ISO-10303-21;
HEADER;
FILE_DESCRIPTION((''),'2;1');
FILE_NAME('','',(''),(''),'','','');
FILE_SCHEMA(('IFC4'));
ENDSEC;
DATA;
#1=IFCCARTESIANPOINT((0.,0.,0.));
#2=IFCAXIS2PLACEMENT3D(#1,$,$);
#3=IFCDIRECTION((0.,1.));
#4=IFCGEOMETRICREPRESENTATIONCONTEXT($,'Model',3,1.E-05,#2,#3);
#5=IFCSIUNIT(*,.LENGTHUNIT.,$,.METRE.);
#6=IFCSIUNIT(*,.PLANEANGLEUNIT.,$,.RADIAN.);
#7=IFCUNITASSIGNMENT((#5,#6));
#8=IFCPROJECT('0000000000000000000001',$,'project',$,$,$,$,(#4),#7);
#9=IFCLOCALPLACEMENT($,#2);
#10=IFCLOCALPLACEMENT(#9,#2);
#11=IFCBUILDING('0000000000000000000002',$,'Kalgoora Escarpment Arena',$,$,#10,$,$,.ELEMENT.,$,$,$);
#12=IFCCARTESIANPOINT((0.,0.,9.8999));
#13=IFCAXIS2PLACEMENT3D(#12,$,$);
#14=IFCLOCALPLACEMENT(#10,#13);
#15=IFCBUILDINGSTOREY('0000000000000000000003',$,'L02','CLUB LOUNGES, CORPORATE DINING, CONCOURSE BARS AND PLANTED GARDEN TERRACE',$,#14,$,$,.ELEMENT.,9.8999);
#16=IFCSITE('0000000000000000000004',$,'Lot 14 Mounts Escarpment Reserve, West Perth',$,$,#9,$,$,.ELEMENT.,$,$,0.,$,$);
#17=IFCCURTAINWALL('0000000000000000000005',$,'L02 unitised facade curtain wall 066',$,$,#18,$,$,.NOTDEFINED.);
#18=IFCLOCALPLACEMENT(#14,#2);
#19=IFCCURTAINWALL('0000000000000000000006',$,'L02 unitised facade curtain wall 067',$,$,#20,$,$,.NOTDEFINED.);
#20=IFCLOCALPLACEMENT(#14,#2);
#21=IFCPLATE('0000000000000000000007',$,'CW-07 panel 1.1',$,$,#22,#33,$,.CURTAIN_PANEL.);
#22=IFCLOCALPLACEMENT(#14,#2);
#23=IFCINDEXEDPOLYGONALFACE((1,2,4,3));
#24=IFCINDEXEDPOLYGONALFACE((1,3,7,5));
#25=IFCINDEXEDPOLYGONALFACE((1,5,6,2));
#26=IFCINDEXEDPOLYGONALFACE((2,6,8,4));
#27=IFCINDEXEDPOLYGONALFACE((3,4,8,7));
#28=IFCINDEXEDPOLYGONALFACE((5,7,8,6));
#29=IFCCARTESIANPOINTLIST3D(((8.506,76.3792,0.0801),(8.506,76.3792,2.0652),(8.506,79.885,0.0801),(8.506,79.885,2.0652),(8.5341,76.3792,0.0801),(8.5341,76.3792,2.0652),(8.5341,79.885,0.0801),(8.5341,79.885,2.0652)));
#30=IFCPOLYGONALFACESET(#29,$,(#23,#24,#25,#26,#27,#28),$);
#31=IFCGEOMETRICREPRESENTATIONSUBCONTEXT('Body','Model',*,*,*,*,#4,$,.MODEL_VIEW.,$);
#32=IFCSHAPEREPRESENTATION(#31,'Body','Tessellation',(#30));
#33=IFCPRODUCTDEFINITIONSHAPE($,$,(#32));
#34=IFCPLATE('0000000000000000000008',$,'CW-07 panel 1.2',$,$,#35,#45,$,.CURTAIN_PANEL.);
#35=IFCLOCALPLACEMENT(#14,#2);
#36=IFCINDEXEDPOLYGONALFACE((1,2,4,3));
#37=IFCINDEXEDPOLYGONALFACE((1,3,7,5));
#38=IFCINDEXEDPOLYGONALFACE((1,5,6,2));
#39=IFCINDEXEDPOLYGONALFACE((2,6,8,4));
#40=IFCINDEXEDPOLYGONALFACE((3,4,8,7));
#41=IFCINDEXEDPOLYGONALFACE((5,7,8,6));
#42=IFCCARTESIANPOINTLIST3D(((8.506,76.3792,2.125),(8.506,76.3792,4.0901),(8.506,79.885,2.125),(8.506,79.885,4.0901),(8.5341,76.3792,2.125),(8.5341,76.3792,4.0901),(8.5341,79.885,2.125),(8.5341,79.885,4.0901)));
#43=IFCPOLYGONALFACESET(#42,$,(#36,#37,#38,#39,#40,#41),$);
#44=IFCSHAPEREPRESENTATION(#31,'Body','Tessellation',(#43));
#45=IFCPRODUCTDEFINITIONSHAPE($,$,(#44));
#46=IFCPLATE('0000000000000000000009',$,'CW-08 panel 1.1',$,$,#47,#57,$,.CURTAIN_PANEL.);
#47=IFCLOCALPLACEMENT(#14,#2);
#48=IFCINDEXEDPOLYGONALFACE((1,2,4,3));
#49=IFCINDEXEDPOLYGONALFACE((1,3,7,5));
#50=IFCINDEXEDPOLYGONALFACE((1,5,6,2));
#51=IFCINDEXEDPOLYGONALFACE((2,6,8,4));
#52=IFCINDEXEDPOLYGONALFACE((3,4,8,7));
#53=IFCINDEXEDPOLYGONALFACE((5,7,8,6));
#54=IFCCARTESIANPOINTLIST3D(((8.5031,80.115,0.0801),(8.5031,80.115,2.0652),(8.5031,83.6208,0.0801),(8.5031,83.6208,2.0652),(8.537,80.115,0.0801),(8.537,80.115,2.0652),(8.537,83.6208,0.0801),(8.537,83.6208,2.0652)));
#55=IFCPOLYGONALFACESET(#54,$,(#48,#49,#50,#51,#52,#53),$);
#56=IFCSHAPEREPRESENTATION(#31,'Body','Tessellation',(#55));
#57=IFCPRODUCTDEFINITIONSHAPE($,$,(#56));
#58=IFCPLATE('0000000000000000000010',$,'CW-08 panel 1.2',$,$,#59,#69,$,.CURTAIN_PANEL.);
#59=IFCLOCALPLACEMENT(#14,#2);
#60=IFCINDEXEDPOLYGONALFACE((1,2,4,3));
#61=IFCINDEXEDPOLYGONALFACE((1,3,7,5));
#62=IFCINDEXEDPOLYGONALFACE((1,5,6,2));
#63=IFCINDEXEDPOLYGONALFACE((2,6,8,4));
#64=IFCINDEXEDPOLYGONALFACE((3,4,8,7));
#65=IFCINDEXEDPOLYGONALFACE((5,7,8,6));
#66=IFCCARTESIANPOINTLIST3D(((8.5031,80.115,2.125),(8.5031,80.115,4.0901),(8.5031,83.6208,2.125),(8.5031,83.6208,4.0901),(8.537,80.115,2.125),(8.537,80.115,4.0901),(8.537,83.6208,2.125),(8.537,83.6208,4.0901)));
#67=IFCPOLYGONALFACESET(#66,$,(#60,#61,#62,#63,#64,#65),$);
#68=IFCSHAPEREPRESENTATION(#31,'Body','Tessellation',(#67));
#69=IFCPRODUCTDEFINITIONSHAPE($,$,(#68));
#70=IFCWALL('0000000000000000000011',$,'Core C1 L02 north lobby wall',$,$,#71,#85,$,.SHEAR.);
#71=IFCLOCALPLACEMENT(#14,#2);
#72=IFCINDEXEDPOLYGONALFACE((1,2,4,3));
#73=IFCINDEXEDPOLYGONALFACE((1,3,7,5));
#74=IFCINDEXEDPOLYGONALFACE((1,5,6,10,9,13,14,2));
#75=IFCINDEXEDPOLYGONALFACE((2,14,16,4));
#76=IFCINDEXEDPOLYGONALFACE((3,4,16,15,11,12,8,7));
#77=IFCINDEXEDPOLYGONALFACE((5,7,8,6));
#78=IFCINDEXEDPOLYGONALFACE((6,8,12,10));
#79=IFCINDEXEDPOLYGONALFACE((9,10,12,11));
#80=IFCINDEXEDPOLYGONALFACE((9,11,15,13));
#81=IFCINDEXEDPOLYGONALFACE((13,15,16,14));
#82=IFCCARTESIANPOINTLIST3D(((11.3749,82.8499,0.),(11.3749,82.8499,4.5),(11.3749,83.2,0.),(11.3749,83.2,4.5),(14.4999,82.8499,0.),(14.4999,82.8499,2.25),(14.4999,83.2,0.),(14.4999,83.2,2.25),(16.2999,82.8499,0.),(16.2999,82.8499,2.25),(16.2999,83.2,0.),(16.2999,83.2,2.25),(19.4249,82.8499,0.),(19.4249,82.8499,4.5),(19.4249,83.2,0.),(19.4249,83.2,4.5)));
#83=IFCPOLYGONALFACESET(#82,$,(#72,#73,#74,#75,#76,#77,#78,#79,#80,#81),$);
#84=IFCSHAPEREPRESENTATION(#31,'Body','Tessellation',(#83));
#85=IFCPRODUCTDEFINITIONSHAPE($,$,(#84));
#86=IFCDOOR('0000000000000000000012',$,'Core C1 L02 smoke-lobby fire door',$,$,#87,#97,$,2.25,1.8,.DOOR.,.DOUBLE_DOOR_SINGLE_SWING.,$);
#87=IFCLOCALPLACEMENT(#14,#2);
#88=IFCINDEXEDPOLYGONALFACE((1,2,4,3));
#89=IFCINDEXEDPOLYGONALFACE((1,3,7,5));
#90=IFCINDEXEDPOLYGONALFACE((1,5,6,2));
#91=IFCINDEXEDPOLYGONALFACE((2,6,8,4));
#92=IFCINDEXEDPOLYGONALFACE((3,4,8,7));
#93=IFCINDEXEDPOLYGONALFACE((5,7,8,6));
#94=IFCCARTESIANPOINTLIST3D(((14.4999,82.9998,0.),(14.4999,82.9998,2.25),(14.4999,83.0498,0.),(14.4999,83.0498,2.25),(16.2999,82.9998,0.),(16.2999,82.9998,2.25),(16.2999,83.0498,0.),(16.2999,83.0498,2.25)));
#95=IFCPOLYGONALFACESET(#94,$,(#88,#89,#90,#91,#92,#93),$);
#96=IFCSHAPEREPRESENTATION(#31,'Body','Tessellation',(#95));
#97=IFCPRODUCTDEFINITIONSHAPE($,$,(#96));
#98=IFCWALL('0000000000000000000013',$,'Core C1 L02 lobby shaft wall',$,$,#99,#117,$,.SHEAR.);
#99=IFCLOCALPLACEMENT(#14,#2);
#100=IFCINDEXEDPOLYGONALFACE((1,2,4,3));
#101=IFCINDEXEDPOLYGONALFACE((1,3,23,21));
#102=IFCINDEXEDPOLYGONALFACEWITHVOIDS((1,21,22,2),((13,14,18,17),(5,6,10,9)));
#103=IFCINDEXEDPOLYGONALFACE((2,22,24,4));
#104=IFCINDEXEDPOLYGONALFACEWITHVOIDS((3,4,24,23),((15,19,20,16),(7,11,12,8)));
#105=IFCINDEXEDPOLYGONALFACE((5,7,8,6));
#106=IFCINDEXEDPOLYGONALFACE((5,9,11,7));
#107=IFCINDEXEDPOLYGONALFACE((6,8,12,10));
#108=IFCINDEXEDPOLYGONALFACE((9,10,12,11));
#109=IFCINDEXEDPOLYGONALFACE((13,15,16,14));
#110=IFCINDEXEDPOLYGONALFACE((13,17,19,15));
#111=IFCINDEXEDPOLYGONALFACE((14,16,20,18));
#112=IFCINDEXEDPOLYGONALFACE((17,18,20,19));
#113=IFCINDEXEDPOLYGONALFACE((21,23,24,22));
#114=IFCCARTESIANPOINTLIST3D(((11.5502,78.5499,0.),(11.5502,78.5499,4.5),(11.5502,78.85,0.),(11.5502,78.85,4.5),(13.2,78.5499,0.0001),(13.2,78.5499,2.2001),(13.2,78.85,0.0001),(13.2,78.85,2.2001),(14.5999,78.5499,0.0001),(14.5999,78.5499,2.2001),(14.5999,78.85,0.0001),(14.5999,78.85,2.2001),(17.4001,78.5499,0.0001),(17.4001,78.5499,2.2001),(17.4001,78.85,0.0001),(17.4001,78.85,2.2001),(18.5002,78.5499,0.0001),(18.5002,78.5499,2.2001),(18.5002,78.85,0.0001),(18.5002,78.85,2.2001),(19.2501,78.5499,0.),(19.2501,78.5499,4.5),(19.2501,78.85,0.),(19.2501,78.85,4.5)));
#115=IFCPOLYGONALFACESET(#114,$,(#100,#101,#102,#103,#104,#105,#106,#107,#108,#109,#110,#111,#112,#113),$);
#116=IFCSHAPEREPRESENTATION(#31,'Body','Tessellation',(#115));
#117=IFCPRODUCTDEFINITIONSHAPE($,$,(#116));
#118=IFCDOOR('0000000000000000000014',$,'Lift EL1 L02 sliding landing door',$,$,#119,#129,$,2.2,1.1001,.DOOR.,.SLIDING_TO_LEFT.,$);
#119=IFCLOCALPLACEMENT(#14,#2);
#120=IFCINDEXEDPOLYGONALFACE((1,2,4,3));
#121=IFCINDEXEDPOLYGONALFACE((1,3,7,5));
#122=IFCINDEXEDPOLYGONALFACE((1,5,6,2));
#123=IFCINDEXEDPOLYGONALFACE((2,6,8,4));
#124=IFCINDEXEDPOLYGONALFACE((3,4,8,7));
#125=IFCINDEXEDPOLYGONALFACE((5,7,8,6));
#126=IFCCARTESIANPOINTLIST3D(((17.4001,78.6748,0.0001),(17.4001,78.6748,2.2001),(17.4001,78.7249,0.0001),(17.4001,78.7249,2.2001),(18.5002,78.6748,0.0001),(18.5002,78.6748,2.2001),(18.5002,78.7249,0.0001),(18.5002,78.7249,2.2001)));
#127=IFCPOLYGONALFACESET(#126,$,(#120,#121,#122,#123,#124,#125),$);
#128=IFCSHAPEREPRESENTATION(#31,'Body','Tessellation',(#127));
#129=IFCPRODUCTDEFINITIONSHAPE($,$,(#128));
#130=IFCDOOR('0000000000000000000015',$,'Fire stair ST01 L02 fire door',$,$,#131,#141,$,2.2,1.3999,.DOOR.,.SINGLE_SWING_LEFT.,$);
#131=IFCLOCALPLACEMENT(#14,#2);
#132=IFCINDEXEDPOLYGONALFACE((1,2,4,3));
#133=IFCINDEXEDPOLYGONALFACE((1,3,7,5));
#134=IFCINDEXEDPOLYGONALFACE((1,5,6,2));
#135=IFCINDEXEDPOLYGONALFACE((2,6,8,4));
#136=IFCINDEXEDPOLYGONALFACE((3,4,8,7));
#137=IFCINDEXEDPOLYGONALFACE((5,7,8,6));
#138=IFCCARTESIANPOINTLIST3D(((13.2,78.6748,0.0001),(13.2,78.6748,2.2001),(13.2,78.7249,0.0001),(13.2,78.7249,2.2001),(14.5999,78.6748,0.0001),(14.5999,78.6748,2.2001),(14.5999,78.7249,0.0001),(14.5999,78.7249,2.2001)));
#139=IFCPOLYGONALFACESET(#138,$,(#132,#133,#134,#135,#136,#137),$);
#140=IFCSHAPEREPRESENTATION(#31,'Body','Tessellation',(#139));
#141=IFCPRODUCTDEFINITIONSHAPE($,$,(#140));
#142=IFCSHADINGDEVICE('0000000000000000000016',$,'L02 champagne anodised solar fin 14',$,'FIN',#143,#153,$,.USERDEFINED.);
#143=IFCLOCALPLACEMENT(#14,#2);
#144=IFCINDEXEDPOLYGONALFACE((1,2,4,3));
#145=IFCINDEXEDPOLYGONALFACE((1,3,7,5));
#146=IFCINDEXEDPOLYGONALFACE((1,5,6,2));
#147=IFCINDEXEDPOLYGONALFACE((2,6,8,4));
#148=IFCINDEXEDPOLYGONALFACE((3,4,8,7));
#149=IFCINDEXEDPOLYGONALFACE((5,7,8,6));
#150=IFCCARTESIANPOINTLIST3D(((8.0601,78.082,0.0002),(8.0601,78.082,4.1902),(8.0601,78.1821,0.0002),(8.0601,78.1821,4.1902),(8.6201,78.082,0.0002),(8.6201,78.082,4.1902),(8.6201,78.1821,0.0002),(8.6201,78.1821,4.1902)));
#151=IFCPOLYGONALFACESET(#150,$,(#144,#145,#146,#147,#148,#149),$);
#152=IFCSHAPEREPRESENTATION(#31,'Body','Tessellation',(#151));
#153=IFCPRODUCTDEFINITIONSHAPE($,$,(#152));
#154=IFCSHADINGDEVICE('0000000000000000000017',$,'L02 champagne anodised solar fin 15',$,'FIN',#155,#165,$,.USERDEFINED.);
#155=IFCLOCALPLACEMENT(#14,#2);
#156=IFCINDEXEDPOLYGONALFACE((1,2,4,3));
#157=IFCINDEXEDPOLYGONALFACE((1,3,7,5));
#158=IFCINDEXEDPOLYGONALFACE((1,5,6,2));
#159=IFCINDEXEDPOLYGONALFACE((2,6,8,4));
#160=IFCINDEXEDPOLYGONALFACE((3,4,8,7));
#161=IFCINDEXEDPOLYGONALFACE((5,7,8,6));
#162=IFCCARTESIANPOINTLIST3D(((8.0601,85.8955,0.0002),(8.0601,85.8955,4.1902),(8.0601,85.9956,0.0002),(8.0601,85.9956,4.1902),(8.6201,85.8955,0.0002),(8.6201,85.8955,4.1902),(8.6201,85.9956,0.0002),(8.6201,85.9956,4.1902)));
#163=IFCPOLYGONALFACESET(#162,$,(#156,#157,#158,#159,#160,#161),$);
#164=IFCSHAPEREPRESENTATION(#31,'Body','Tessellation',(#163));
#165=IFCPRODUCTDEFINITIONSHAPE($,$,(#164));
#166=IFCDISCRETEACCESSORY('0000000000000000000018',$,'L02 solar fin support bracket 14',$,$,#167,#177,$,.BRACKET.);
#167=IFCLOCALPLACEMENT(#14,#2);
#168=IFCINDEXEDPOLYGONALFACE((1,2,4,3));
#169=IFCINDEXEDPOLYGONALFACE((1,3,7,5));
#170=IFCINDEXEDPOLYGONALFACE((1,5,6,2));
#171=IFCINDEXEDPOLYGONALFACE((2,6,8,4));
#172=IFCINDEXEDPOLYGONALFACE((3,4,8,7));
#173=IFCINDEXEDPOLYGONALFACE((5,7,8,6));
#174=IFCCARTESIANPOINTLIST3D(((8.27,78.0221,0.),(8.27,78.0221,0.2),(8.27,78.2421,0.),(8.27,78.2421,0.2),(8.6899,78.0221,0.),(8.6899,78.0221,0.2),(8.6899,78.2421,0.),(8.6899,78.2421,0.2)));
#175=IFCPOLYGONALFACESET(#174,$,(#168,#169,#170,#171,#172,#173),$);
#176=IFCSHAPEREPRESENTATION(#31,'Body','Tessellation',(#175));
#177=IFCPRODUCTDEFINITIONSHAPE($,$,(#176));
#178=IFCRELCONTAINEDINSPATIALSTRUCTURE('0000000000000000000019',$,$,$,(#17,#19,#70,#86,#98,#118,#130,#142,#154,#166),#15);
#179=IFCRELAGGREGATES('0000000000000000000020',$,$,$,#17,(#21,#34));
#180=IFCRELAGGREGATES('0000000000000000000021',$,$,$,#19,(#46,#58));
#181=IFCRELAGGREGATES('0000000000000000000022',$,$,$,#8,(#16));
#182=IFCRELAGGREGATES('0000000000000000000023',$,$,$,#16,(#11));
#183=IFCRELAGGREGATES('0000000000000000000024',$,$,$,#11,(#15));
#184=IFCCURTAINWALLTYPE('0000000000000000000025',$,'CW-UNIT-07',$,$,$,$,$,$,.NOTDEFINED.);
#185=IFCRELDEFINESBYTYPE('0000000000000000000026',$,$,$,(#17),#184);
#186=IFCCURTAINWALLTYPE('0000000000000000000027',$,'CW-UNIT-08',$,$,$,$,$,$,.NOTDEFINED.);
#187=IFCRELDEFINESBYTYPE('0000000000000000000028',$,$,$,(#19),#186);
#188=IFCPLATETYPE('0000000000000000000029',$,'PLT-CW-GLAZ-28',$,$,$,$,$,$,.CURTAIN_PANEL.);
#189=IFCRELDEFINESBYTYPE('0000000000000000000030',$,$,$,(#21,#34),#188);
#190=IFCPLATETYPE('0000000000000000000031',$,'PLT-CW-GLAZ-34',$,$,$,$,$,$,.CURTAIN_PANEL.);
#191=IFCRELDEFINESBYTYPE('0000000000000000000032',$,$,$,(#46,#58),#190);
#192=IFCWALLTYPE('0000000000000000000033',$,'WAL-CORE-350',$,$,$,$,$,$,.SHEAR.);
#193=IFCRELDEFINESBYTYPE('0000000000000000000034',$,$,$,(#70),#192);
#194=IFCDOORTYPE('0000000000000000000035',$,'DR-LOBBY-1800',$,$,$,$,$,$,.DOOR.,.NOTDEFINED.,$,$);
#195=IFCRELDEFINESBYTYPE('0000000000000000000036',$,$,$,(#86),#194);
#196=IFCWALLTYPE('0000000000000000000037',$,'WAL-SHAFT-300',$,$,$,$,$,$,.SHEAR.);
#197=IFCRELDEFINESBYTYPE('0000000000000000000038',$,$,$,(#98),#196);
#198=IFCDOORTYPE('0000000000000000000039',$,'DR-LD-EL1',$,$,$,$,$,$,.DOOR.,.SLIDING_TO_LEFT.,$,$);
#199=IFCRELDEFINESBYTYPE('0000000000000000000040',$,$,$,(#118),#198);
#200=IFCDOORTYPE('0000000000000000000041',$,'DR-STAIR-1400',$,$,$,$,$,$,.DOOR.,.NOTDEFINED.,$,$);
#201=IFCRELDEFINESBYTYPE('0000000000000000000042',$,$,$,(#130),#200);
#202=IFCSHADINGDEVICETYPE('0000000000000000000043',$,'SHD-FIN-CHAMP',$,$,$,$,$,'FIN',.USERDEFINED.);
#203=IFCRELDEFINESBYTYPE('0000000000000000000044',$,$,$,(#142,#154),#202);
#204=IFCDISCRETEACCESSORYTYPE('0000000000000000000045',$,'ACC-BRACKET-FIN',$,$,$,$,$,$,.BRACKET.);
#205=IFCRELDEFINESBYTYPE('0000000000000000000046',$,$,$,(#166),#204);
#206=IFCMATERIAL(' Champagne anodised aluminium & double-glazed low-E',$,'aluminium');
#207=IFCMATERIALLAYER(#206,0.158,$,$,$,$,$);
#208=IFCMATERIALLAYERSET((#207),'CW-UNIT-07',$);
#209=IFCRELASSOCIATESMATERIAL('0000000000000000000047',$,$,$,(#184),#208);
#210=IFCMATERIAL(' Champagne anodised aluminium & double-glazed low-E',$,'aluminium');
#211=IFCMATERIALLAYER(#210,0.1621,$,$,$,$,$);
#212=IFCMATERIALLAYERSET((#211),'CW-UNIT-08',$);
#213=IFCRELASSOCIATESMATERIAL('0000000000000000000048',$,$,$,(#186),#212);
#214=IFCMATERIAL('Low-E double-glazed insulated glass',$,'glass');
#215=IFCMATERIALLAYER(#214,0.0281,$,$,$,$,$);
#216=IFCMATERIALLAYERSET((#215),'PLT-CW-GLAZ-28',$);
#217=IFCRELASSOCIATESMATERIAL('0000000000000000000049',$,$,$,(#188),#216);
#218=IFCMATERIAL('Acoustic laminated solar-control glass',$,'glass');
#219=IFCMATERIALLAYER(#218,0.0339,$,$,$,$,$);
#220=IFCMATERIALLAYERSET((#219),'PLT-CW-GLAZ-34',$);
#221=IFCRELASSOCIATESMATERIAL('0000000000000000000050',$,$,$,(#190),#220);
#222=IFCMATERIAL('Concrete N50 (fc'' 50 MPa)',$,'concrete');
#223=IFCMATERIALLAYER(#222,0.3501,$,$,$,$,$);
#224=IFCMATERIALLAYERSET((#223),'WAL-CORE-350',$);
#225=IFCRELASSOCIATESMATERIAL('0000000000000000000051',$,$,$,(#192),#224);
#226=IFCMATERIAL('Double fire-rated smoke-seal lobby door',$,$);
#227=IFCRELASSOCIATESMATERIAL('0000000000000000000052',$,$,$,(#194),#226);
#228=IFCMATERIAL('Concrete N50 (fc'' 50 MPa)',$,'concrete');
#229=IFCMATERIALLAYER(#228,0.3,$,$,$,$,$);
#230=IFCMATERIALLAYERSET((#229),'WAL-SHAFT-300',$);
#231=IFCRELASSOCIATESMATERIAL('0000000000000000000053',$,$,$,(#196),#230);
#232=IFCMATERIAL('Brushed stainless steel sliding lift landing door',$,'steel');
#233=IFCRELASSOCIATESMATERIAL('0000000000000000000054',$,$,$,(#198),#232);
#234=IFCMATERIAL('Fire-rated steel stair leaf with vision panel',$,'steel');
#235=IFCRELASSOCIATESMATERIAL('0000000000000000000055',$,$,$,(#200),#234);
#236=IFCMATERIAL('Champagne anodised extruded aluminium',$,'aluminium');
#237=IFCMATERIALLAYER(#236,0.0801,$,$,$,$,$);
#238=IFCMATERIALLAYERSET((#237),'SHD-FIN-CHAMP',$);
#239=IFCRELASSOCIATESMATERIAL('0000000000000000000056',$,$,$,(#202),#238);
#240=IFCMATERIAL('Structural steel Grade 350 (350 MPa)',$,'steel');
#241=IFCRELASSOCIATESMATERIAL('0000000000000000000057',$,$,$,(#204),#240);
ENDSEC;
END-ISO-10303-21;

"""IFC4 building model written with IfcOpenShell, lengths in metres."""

from ifc_helpers import new_model, si_unit, direction, frame, frame_2d, origin, origin_2d, place, context, subcontext, project, spatial, rectangle, extrude, material, layer, layer_set, type_object, element, fill, aggregate, save


model = new_model("IFC4")

# Units and contexts
model_context = context("Model", 3, precision=1e-05, world=origin(), true_north=direction((0.0, 1.0)))
body_context = subcontext(model_context, "Body", "Model", "MODEL_VIEW")
ifc_project = project(units=[si_unit("LENGTHUNIT", "METRE"), si_unit("PLANEANGLEUNIT", "RADIAN")], contexts=[model_context])

# Site, building, storey
site_placement = place(None, origin())
site = spatial("IfcSite", under=ifc_project, at=site_placement, Name="Lot 14 Mounts Escarpment Reserve, West Perth", CompositionType="ELEMENT", RefElevation=0.0)
building_placement = place(site_placement, origin())
building = spatial("IfcBuilding", under=site, at=building_placement, Name="Kalgoora Escarpment Arena", CompositionType="ELEMENT")
storey_placement = place(building_placement, frame((0.0, 0.0, 9.8999)))
storey = spatial("IfcBuildingStorey", under=building, at=storey_placement, Name="L02", Description="CLUB LOUNGES, CORPORATE DINING, CONCOURSE BARS AND PLANTED GARDEN TERRACE", CompositionType="ELEMENT", Elevation=9.8999)

# Curtain wall
ifc_material_1 = material(Name=" Champagne anodised aluminium & double-glazed low-E", Category="aluminium")
ifc_layer_1 = layer(ifc_material_1, 0.158)
ifc_layer_set_1 = layer_set([ifc_layer_1], Name="CW-UNIT-07")
curtain_wall_type_1 = type_object("IfcCurtainWallType", Name="CW-UNIT-07", PredefinedType="NOTDEFINED", material=ifc_layer_set_1)
curtain_wall_1_placement = place(storey_placement, origin())
curtain_wall_1 = element("IfcCurtainWall", 1, at=curtain_wall_1_placement, inside=storey, type_object=curtain_wall_type_1, Name="L02 unitised facade curtain wall 066", PredefinedType="NOTDEFINED")

# Curtain wall
ifc_material_2 = material(Name=" Champagne anodised aluminium & double-glazed low-E", Category="aluminium")
ifc_layer_2 = layer(ifc_material_2, 0.1621)
ifc_layer_set_2 = layer_set([ifc_layer_2], Name="CW-UNIT-08")
curtain_wall_type_2 = type_object("IfcCurtainWallType", Name="CW-UNIT-08", PredefinedType="NOTDEFINED", material=ifc_layer_set_2)
curtain_wall_2_placement = place(storey_placement, origin())
curtain_wall_2 = element("IfcCurtainWall", 2, at=curtain_wall_2_placement, inside=storey, type_object=curtain_wall_type_2, Name="L02 unitised facade curtain wall 067", PredefinedType="NOTDEFINED")

# Plates
ifc_material_3 = material(Name="Low-E double-glazed insulated glass", Category="glass")
ifc_layer_3 = layer(ifc_material_3, 0.0281)
ifc_layer_set_3 = layer_set([ifc_layer_3], Name="PLT-CW-GLAZ-28")
plate_type_1 = type_object("IfcPlateType", Name="PLT-CW-GLAZ-28", PredefinedType="CURTAIN_PANEL", material=ifc_layer_set_3)
plate_1_placement = place(storey_placement, frame((8.52, 78.1321, 0.0801), z_axis=(0.0, 0.0, 1.0), x_axis=(0.0, 1.0, 0.0)))
plate_1 = element("IfcPlate", 3, at=plate_1_placement, type_object=plate_type_1, Name="CW-07 panel 1.1", PredefinedType="CURTAIN_PANEL", context=body_context, shape_type="SweptSolid", body=[
    extrude(rectangle(XDim=3.5059, YDim=0.0281, at=origin_2d()), origin(), (0.0, 0.0, 1.0), 1.9851),
])
plate_2_placement = place(storey_placement, frame((8.52, 78.1321, 2.125), z_axis=(0.0, 0.0, 1.0), x_axis=(0.0, 1.0, 0.0)))
plate_2 = element("IfcPlate", 4, at=plate_2_placement, type_object=plate_type_1, Name="CW-07 panel 1.2", PredefinedType="CURTAIN_PANEL", context=body_context, shape_type="SweptSolid", body=[
    extrude(rectangle(XDim=3.5059, YDim=0.0281, at=origin_2d()), origin(), (0.0, 0.0, 1.0), 1.9651),
])
aggregate(curtain_wall_1, [plate_1, plate_2])
ifc_material_4 = material(Name="Acoustic laminated solar-control glass", Category="glass")
ifc_layer_4 = layer(ifc_material_4, 0.0339)
ifc_layer_set_4 = layer_set([ifc_layer_4], Name="PLT-CW-GLAZ-34")
plate_type_2 = type_object("IfcPlateType", Name="PLT-CW-GLAZ-34", PredefinedType="CURTAIN_PANEL", material=ifc_layer_set_4)
plate_3_placement = place(storey_placement, frame((8.52, 81.8679, 0.0801), z_axis=(0.0, 0.0, 1.0), x_axis=(0.0, 1.0, 0.0)))
plate_3 = element("IfcPlate", 5, at=plate_3_placement, type_object=plate_type_2, Name="CW-08 panel 1.1", PredefinedType="CURTAIN_PANEL", context=body_context, shape_type="SweptSolid", body=[
    extrude(rectangle(XDim=3.5059, YDim=0.0339, at=origin_2d()), origin(), (0.0, 0.0, 1.0), 1.9851),
])
plate_4_placement = place(storey_placement, frame((8.52, 81.8679, 2.125), z_axis=(0.0, 0.0, 1.0), x_axis=(0.0, 1.0, 0.0)))
plate_4 = element("IfcPlate", 6, at=plate_4_placement, type_object=plate_type_2, Name="CW-08 panel 1.2", PredefinedType="CURTAIN_PANEL", context=body_context, shape_type="SweptSolid", body=[
    extrude(rectangle(XDim=3.5059, YDim=0.0339, at=origin_2d()), origin(), (0.0, 0.0, 1.0), 1.9651),
])
aggregate(curtain_wall_2, [plate_3, plate_4])

# Wall, opening, door
ifc_material_5 = material(Name="Concrete N50 (fc' 50 MPa)", Category="concrete")
ifc_layer_5 = layer(ifc_material_5, 0.3501)
ifc_layer_set_5 = layer_set([ifc_layer_5], Name="WAL-CORE-350")
wall_type_1 = type_object("IfcWallType", Name="WAL-CORE-350", PredefinedType="SHEAR", material=ifc_layer_set_5)
wall_1_placement = place(storey_placement, frame((11.375, 83.0249, 0.0), z_axis=(0.0, 0.0, 1.0), x_axis=(1.0, 0.0, 0.0)))
wall_1 = element("IfcWall", 7, at=wall_1_placement, inside=storey, type_object=wall_type_1, Name="Core C1 L02 north lobby wall", PredefinedType="SHEAR", context=body_context, shape_type="SweptSolid", body=[
    extrude(rectangle(XDim=8.05, YDim=0.3501, at=frame_2d((4.0249, 0.0))), origin(), (0.0, 0.0, 1.0), 4.5),
])
opening_1_placement = place(wall_1_placement, frame((3.125, 0.0, 0.0)))
opening_1 = element("IfcOpeningElement", 8, at=opening_1_placement, cuts=wall_1, PredefinedType="OPENING", context=body_context, shape_type="SweptSolid", body=[
    extrude(rectangle(XDim=1.8, YDim=2.25, at=frame_2d((0.8999, 1.125))), frame((0.0, 0.1851, 0.0), z_axis=(0.0, -1.0, 0.0), x_axis=(1.0, 0.0, 0.0)), (0.0, 0.0, 1.0), 0.3701),
])
ifc_material_6 = material(Name="Double fire-rated smoke-seal lobby door")
door_type_1 = type_object("IfcDoorType", Name="DR-LOBBY-1800", OperationType="NOTDEFINED", PredefinedType="DOOR", material=ifc_material_6)
door_1_placement = place(opening_1_placement, origin())
door_1 = element("IfcDoor", 9, at=door_1_placement, inside=storey, type_object=door_type_1, Name="Core C1 L02 smoke-lobby fire door", OperationType="DOUBLE_DOOR_SINGLE_SWING", OverallHeight=2.25, OverallWidth=1.8, PredefinedType="DOOR", context=body_context, shape_type="SweptSolid", body=[
    extrude(rectangle(XDim=1.8, YDim=2.25, at=frame_2d((0.8999, 1.125))), frame((0.0, 0.0249, 0.0), z_axis=(0.0, -1.0, 0.0), x_axis=(1.0, 0.0, 0.0)), (0.0, 0.0, 1.0), 0.05),
])
fill(opening_1, door_1)

# Wall, openings, doors
ifc_material_7 = material(Name="Concrete N50 (fc' 50 MPa)", Category="concrete")
ifc_layer_6 = layer(ifc_material_7, 0.3)
ifc_layer_set_6 = layer_set([ifc_layer_6], Name="WAL-SHAFT-300")
wall_type_2 = type_object("IfcWallType", Name="WAL-SHAFT-300", PredefinedType="SHEAR", material=ifc_layer_set_6)
wall_2_placement = place(storey_placement, frame((11.55, 78.7, 0.0), z_axis=(0.0, 0.0, 1.0), x_axis=(1.0, 0.0, 0.0)))
wall_2 = element("IfcWall", 10, at=wall_2_placement, inside=storey, type_object=wall_type_2, Name="Core C1 L02 lobby shaft wall", PredefinedType="SHEAR", context=body_context, shape_type="SweptSolid", body=[
    extrude(rectangle(XDim=7.7, YDim=0.3, at=frame_2d((3.8501, 0.0))), origin(), (0.0, 0.0, 1.0), 4.5),
])
opening_2_placement = place(wall_2_placement, frame((1.6499, 0.0, 0.0)))
opening_2 = element("IfcOpeningElement", 11, at=opening_2_placement, cuts=wall_2, PredefinedType="OPENING", context=body_context, shape_type="SweptSolid", body=[
    extrude(rectangle(XDim=1.3999, YDim=2.2, at=frame_2d((0.7, 1.1001))), frame((0.0, 0.1599, 0.0), z_axis=(0.0, -1.0, 0.0), x_axis=(1.0, 0.0, 0.0)), (0.0, 0.0, 1.0), 0.3201),
])
opening_3_placement = place(wall_2_placement, frame((5.8501, 0.0, 0.0)))
opening_3 = element("IfcOpeningElement", 12, at=opening_3_placement, cuts=wall_2, PredefinedType="OPENING", context=body_context, shape_type="SweptSolid", body=[
    extrude(rectangle(XDim=1.1001, YDim=2.2, at=frame_2d((0.55, 1.1001))), frame((0.0, 0.1599, 0.0), z_axis=(0.0, -1.0, 0.0), x_axis=(1.0, 0.0, 0.0)), (0.0, 0.0, 1.0), 0.3201),
])
ifc_material_8 = material(Name="Brushed stainless steel sliding lift landing door", Category="steel")
door_type_2 = type_object("IfcDoorType", Name="DR-LD-EL1", OperationType="SLIDING_TO_LEFT", PredefinedType="DOOR", material=ifc_material_8)
door_2_placement = place(opening_3_placement, origin())
door_2 = element("IfcDoor", 13, at=door_2_placement, inside=storey, type_object=door_type_2, Name="Lift EL1 L02 sliding landing door", OperationType="SLIDING_TO_LEFT", OverallHeight=2.2, OverallWidth=1.1001, PredefinedType="DOOR", context=body_context, shape_type="SweptSolid", body=[
    extrude(rectangle(XDim=1.1001, YDim=2.2, at=frame_2d((0.55, 1.1001))), frame((0.0, 0.0249, 0.0), z_axis=(0.0, -1.0, 0.0), x_axis=(1.0, 0.0, 0.0)), (0.0, 0.0, 1.0), 0.05),
])
fill(opening_3, door_2)
ifc_material_9 = material(Name="Fire-rated steel stair leaf with vision panel", Category="steel")
door_type_3 = type_object("IfcDoorType", Name="DR-STAIR-1400", OperationType="NOTDEFINED", PredefinedType="DOOR", material=ifc_material_9)
door_3_placement = place(opening_2_placement, origin())
door_3 = element("IfcDoor", 14, at=door_3_placement, inside=storey, type_object=door_type_3, Name="Fire stair ST01 L02 fire door", OperationType="SINGLE_SWING_LEFT", OverallHeight=2.2, OverallWidth=1.3999, PredefinedType="DOOR", context=body_context, shape_type="SweptSolid", body=[
    extrude(rectangle(XDim=1.3999, YDim=2.2, at=frame_2d((0.7, 1.1001))), frame((0.0, 0.0249, 0.0), z_axis=(0.0, -1.0, 0.0), x_axis=(1.0, 0.0, 0.0)), (0.0, 0.0, 1.0), 0.05),
])
fill(opening_2, door_3)

# Shading devices
ifc_material_10 = material(Name="Champagne anodised extruded aluminium", Category="aluminium")
ifc_layer_7 = layer(ifc_material_10, 0.0801)
ifc_layer_set_7 = layer_set([ifc_layer_7], Name="SHD-FIN-CHAMP")
shading_device_type = type_object("IfcShadingDeviceType", Name="SHD-FIN-CHAMP", ElementType="FIN", PredefinedType="USERDEFINED", material=ifc_layer_set_7)
for number, where, z_axis, x_axis, name in (
    (15, (8.3401, 78.1321, 0.0002), (0.0, 0.0, 1.0), (-1.0, 0.0, 0.0), "L02 champagne anodised solar fin 14"),
    (16, (8.3401, 85.9456, 0.0002), (0.0, 0.0, 1.0), (-1.0, 0.0, 0.0), "L02 champagne anodised solar fin 15"),
):
    element("IfcShadingDevice", number, at=place(storey_placement, frame(where, z_axis=z_axis, x_axis=x_axis)), inside=storey, type_object=shading_device_type, Name=name, ObjectType="FIN", PredefinedType="USERDEFINED", context=body_context, shape_type="SweptSolid", body=[
        extrude(rectangle(XDim=0.5601, YDim=0.1001, at=origin_2d()), origin(), (0.0, 0.0, 1.0), 4.1899),
    ])

# Discrete accessory
ifc_material_11 = material(Name="Structural steel Grade 350 (350 MPa)", Category="steel")
discrete_accessory_type = type_object("IfcDiscreteAccessoryType", Name="ACC-BRACKET-FIN", PredefinedType="BRACKET", material=ifc_material_11)
discrete_accessory_placement = place(storey_placement, frame((8.48, 78.1321, 0.0), z_axis=(0.0, 0.0, 1.0), x_axis=(-1.0, 0.0, 0.0)))
element("IfcDiscreteAccessory", 17, at=discrete_accessory_placement, inside=storey, type_object=discrete_accessory_type, Name="L02 solar fin support bracket 14", PredefinedType="BRACKET", context=body_context, shape_type="SweptSolid", body=[
    extrude(rectangle(XDim=0.4199, YDim=0.22, at=origin_2d()), origin(), (0.0, 0.0, 1.0), 0.2),
])

save(model, "model.ifc")
